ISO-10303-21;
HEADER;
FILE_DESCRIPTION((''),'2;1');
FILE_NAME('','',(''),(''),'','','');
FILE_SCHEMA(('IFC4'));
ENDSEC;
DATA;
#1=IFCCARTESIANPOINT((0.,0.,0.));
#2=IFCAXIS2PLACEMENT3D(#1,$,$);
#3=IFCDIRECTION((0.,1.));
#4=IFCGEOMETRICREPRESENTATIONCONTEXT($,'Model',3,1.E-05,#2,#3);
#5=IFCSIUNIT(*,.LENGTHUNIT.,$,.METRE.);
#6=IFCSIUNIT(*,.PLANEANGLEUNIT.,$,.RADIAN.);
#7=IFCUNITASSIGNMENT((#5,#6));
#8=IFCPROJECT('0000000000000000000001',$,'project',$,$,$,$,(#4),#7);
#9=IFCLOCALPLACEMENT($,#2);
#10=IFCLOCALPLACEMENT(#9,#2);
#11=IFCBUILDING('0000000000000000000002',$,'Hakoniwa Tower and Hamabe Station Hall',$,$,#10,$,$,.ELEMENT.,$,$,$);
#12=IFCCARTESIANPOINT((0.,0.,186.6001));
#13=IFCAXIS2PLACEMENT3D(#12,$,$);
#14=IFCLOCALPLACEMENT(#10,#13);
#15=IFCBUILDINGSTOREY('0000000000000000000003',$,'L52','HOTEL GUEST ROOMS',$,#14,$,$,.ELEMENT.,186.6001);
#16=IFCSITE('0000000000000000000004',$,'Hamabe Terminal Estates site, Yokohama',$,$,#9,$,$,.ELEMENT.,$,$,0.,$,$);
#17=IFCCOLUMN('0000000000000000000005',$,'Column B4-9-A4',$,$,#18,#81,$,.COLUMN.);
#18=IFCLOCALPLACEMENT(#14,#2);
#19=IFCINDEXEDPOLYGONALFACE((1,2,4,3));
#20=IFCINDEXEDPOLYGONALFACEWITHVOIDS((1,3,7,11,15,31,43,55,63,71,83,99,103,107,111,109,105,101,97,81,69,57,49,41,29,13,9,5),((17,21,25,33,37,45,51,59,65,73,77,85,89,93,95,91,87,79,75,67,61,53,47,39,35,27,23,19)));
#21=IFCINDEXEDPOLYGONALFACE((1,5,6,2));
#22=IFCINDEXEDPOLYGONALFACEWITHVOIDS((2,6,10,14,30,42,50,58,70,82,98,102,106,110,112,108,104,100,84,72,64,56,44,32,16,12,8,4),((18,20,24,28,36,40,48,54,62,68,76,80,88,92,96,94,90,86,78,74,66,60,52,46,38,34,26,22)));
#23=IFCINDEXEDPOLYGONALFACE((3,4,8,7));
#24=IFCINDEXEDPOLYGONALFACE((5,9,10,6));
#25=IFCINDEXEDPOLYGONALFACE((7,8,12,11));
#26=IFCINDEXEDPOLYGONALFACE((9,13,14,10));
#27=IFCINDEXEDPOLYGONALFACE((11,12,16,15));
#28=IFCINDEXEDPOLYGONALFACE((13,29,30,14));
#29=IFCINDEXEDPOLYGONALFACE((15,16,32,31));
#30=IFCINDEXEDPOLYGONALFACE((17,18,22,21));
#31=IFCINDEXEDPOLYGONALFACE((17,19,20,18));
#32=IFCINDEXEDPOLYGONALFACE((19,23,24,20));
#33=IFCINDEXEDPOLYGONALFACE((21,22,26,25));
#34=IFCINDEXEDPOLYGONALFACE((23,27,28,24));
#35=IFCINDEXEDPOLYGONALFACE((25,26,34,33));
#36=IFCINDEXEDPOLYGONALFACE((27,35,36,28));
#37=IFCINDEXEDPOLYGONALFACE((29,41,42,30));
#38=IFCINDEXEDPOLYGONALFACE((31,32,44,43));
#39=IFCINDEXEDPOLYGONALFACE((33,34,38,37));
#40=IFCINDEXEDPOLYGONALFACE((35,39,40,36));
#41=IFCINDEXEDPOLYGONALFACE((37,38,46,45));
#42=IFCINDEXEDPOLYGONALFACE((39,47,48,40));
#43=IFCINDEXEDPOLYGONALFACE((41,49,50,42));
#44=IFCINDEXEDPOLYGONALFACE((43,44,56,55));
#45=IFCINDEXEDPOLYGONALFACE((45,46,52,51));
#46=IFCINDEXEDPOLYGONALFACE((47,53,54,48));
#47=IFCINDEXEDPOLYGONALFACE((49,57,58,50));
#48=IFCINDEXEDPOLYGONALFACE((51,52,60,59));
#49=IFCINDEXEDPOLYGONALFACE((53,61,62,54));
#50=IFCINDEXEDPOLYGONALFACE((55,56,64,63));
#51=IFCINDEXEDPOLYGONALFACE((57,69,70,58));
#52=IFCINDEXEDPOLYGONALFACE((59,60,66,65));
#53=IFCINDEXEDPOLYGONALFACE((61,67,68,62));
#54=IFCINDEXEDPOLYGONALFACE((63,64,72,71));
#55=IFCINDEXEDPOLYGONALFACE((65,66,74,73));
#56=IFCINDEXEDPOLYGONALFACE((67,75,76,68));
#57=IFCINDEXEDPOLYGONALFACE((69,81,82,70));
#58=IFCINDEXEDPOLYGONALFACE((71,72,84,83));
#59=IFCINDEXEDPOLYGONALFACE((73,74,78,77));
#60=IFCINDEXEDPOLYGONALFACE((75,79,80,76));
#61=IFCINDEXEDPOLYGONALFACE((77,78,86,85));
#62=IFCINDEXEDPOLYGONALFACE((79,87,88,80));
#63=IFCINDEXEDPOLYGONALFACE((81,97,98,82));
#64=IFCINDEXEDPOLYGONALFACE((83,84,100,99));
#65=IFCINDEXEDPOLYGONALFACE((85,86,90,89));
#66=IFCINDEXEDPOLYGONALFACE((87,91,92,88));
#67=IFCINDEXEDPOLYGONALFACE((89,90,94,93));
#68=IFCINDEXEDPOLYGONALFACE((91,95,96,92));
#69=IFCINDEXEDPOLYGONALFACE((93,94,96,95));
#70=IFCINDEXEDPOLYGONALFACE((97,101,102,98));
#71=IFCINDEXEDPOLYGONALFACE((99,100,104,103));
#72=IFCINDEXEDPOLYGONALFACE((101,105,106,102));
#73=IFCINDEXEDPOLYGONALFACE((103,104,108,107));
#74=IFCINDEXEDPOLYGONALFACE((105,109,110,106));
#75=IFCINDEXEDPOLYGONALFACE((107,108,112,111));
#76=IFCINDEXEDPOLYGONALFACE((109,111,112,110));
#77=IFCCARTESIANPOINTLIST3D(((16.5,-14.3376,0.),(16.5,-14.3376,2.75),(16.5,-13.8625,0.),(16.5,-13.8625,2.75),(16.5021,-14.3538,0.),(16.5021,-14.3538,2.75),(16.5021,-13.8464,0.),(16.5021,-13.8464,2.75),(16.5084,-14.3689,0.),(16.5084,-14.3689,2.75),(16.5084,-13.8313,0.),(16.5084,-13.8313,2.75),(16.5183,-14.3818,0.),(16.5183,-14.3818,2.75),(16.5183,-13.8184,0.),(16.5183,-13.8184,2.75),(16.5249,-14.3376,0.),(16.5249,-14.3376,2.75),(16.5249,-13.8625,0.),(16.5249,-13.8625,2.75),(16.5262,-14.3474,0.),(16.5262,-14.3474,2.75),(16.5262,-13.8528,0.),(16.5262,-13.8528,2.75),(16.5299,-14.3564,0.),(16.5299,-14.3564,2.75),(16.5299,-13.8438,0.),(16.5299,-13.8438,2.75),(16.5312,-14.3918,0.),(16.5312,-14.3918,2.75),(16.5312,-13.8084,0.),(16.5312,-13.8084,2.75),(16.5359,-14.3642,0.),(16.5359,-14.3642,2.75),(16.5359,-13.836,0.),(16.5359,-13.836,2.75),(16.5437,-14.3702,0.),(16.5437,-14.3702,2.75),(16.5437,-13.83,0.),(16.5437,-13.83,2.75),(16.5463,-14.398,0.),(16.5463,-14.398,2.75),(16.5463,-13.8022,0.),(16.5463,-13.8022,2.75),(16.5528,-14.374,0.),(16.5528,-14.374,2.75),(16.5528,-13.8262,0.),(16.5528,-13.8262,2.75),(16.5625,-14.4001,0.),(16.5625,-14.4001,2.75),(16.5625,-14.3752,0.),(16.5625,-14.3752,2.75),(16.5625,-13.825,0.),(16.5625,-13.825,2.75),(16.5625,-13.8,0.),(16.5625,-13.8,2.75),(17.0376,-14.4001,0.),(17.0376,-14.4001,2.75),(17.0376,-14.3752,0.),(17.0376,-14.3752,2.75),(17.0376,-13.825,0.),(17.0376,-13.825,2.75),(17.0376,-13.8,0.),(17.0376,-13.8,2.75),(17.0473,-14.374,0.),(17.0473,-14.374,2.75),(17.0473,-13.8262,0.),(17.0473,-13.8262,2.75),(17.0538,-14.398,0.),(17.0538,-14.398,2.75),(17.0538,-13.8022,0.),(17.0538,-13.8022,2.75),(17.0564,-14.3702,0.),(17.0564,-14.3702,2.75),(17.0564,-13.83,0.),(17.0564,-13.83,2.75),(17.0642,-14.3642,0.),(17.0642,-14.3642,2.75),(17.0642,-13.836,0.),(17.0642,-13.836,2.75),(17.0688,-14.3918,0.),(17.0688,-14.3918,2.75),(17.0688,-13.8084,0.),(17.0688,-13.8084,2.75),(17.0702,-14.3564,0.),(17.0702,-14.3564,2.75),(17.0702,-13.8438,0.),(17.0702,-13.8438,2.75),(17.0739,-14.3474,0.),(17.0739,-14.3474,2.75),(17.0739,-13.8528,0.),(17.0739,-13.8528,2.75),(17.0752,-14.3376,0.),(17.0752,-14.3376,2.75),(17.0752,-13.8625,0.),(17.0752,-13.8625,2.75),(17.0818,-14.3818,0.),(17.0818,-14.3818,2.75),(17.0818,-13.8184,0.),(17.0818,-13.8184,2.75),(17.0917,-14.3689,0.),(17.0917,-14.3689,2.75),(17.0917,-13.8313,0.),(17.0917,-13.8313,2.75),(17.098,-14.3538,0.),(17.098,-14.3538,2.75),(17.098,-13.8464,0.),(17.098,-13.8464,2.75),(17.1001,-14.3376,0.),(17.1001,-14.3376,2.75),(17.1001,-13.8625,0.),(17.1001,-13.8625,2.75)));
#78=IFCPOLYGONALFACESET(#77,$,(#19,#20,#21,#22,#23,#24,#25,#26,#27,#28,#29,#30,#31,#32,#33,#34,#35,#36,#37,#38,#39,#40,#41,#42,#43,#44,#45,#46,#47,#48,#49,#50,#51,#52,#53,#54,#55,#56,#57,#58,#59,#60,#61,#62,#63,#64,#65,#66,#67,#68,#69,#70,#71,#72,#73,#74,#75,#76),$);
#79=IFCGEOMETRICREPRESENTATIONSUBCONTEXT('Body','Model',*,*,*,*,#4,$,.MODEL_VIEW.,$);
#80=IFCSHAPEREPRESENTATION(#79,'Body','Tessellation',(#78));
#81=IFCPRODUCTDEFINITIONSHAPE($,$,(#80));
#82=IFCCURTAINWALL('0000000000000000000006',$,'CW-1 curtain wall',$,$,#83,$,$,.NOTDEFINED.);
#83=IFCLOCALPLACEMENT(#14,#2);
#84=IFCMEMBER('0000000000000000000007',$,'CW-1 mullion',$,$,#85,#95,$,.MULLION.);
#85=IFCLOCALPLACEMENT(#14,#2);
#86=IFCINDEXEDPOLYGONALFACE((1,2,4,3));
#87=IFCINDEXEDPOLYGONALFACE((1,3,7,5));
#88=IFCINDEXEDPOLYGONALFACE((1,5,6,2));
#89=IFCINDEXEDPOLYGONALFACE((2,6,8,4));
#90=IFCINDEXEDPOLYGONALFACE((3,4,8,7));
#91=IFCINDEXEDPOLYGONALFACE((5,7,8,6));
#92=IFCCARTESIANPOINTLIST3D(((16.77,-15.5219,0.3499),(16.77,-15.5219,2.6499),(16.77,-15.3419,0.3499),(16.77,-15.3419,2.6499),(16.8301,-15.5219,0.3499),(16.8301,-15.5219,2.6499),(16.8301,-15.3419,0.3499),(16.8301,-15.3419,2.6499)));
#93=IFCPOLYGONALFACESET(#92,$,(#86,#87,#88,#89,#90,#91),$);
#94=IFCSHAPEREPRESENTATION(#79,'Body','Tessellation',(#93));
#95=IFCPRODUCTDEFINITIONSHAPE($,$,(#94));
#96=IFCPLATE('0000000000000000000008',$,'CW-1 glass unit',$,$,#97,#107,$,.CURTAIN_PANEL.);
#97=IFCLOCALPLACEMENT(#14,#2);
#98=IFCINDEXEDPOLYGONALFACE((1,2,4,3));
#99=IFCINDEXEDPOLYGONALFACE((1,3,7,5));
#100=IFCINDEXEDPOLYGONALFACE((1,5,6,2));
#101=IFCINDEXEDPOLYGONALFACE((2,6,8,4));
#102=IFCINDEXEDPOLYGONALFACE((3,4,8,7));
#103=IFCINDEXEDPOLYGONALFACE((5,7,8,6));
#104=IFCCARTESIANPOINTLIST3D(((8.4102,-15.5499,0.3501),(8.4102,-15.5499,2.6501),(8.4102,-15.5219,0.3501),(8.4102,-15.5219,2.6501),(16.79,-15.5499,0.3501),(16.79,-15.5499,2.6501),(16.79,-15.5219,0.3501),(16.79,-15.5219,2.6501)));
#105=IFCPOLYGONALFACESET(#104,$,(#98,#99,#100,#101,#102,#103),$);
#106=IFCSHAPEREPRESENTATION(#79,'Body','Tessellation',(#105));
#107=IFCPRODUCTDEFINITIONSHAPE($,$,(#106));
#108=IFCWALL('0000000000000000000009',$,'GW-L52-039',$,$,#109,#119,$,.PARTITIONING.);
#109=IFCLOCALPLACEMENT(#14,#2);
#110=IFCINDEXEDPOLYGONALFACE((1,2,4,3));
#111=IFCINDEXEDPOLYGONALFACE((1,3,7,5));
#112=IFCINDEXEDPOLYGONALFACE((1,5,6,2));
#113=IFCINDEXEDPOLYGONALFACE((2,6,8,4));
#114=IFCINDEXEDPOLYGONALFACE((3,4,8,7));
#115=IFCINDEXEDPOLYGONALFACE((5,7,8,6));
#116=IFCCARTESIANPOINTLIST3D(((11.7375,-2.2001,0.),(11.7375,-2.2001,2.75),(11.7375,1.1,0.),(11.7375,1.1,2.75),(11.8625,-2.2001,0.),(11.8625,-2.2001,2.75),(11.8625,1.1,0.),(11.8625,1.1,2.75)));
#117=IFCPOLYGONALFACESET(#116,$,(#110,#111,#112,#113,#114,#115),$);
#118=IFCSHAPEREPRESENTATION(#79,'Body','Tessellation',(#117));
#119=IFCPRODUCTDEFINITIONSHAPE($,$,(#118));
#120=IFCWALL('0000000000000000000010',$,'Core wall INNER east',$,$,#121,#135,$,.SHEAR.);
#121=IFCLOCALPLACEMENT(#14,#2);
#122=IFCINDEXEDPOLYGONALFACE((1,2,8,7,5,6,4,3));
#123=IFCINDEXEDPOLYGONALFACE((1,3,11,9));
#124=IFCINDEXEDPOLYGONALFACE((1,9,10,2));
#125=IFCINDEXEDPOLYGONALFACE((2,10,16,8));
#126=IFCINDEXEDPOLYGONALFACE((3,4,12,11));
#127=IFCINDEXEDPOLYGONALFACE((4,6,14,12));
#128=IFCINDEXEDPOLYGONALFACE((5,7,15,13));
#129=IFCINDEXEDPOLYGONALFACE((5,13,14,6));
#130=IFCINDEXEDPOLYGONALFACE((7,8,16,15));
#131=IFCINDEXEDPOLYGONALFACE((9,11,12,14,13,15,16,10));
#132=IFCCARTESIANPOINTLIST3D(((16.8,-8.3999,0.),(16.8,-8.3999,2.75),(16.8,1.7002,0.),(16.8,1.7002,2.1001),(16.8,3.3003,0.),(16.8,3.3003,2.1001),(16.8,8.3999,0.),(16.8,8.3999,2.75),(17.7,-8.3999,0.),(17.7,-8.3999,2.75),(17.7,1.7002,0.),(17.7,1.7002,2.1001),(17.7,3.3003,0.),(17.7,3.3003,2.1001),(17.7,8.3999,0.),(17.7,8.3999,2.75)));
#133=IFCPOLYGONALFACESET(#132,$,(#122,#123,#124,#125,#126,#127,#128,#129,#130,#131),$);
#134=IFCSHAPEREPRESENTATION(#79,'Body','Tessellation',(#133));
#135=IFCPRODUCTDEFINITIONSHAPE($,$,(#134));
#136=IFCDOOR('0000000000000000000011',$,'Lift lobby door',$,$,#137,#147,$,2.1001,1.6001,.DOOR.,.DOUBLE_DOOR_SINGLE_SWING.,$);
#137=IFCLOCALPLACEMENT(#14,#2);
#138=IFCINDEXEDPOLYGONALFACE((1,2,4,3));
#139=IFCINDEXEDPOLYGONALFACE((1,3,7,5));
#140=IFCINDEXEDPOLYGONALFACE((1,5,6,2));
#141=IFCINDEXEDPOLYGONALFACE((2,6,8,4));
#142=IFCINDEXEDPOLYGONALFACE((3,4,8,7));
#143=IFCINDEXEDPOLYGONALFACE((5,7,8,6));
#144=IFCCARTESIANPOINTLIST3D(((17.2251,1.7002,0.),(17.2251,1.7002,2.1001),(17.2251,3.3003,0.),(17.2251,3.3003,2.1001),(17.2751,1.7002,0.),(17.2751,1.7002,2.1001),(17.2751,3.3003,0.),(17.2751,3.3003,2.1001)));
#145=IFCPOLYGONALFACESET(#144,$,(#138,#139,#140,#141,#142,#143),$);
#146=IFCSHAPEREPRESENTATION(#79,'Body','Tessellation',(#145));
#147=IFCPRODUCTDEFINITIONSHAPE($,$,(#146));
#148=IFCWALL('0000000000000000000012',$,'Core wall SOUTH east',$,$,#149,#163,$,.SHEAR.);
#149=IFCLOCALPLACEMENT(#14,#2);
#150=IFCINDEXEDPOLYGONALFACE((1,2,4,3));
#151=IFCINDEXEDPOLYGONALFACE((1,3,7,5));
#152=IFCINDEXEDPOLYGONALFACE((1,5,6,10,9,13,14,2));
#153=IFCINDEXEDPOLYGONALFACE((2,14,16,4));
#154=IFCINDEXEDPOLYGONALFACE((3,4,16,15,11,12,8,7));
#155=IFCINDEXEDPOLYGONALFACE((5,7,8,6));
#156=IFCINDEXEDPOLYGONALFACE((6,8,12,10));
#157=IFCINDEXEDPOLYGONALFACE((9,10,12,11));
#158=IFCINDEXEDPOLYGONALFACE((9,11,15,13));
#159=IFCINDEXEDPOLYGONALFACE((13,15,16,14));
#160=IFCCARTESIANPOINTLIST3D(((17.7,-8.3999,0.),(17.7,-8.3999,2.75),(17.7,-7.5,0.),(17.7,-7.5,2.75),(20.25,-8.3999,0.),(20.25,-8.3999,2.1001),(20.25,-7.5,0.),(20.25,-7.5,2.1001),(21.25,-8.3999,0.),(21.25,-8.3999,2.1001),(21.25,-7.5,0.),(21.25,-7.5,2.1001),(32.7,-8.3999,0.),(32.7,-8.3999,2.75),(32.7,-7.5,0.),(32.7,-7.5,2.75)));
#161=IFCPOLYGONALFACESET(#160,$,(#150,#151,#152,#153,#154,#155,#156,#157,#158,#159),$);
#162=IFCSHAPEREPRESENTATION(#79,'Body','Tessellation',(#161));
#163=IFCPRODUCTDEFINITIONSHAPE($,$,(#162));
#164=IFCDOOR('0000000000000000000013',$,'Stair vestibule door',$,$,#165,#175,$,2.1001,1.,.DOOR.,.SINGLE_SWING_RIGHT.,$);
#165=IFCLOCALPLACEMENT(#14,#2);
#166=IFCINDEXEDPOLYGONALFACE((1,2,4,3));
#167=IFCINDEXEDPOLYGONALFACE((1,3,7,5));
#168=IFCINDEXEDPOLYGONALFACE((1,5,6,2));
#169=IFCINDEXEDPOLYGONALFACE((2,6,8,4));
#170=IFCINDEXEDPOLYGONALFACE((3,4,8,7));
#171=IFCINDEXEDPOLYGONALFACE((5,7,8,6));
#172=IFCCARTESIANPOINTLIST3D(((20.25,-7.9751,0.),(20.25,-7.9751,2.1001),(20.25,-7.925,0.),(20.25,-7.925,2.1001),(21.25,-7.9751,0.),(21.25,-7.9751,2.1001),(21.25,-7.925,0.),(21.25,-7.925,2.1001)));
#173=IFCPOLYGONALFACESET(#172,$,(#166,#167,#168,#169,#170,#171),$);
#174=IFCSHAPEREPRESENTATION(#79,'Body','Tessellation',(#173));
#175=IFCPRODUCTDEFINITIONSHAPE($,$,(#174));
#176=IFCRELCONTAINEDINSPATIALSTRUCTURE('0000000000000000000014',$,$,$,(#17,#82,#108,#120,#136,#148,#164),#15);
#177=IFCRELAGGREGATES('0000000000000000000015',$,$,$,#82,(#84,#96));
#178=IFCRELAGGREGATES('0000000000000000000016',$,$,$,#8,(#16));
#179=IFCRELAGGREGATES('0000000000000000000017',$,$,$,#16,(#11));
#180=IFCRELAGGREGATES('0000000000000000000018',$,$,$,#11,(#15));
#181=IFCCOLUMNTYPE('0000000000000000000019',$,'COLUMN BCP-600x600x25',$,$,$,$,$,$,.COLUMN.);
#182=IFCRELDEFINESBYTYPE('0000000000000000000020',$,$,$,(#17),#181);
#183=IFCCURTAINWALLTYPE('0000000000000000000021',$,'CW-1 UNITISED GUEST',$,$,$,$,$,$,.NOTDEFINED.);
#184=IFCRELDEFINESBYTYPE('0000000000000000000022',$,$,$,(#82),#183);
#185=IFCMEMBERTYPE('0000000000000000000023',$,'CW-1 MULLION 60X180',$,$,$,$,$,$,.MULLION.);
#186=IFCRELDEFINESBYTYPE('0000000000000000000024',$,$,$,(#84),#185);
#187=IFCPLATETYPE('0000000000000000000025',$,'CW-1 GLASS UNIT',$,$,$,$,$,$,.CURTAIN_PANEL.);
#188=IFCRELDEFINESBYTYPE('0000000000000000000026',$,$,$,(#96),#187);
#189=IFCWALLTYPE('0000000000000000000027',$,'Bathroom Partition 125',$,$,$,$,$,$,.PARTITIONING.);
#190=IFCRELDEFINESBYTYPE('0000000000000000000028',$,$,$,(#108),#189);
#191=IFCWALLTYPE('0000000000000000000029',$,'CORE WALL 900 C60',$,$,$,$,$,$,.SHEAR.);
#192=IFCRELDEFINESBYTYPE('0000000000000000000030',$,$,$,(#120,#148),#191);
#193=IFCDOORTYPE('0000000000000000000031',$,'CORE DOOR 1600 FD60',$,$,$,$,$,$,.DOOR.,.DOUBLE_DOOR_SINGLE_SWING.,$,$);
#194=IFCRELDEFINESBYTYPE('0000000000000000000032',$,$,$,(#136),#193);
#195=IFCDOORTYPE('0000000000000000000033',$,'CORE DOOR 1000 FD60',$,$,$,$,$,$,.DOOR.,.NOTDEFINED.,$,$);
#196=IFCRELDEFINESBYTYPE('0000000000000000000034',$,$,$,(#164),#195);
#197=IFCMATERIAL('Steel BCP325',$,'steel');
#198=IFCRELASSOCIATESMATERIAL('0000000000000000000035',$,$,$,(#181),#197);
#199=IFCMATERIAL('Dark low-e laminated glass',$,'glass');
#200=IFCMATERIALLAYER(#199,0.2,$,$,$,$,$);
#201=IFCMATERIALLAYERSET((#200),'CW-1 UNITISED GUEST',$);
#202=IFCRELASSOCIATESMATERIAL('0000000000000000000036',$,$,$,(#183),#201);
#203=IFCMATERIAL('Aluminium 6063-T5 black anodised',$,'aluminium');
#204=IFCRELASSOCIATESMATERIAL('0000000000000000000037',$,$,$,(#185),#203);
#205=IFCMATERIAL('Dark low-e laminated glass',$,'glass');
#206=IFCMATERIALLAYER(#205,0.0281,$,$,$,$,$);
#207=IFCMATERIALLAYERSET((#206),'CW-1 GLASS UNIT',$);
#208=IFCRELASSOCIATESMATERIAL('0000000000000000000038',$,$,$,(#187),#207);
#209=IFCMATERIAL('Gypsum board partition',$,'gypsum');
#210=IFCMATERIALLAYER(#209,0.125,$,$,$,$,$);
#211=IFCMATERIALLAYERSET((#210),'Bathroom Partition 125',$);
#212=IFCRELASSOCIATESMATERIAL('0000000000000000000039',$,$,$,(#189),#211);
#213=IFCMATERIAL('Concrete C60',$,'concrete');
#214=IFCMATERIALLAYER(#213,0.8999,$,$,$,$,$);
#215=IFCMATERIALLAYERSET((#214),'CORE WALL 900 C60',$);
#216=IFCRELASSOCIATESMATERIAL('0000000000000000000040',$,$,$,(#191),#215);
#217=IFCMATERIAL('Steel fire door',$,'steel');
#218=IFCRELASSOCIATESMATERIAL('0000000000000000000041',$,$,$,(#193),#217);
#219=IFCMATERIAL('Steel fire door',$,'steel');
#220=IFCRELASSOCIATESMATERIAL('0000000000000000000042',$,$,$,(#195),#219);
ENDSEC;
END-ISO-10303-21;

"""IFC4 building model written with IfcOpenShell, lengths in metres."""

from ifc_helpers import new_model, si_unit, direction, frame, frame_2d, origin, origin_2d, place, context, subcontext, project, spatial, rectangle, hollow_rectangle, extrude, material, layer, layer_set, material_profile, profile_set, type_object, element, fill, aggregate, save


model = new_model("IFC4")

# Units and contexts
model_context = context("Model", 3, precision=1e-05, world=origin(), true_north=direction((0.0, 1.0)))
body_context = subcontext(model_context, "Body", "Model", "MODEL_VIEW")
ifc_project = project(units=[si_unit("LENGTHUNIT", "METRE"), si_unit("PLANEANGLEUNIT", "RADIAN")], contexts=[model_context])

# Site, building, storey
site_placement = place(None, origin())
site = spatial("IfcSite", under=ifc_project, at=site_placement, Name="Hamabe Terminal Estates site, Yokohama", CompositionType="ELEMENT", RefElevation=0.0)
building_placement = place(site_placement, origin())
building = spatial("IfcBuilding", under=site, at=building_placement, Name="Hakoniwa Tower and Hamabe Station Hall", CompositionType="ELEMENT")
storey_placement = place(building_placement, frame((0.0, 0.0, 186.6001)))
storey = spatial("IfcBuildingStorey", under=building, at=storey_placement, Name="L52", Description="HOTEL GUEST ROOMS", CompositionType="ELEMENT", Elevation=186.6001)

# Column
ifc_material_1 = material(Name="Steel BCP325", Category="steel")
ifc_material_profile_1 = material_profile(ifc_material_1, hollow_rectangle(XDim=0.6001, YDim=0.6001, WallThickness=0.0249, InnerFilletRadius=0.0376, OuterFilletRadius=0.0625, at=origin_2d()), Name="BCP-600x600x25")
ifc_profile_set_1 = profile_set([ifc_material_profile_1], Name="Steel BCP325")
column_type = type_object("IfcColumnType", Name="COLUMN BCP-600x600x25", PredefinedType="COLUMN", material=ifc_profile_set_1)
column_placement = place(storey_placement, frame((16.8, -14.1001, 0.0), z_axis=(0.0, 0.0, 1.0), x_axis=(1.0, 0.0, 0.0)))
element("IfcColumn", 1, at=column_placement, inside=storey, type_object=column_type, Name="Column B4-9-A4", PredefinedType="COLUMN", context=body_context, shape_type="SweptSolid", body=[
    extrude(hollow_rectangle(XDim=0.6001, YDim=0.6001, WallThickness=0.0249, InnerFilletRadius=0.0376, OuterFilletRadius=0.0625, at=origin_2d()), origin(), (0.0, 0.0, 1.0), 2.75),
])

# Curtain wall, member, plate
ifc_material_2 = material(Name="Dark low-e laminated glass", Category="glass")
ifc_layer_1 = layer(ifc_material_2, 0.2)
ifc_layer_set_1 = layer_set([ifc_layer_1], Name="CW-1 UNITISED GUEST")
curtain_wall_type = type_object("IfcCurtainWallType", Name="CW-1 UNITISED GUEST", PredefinedType="NOTDEFINED", material=ifc_layer_set_1)
curtain_wall_placement = place(storey_placement, origin())
curtain_wall = element("IfcCurtainWall", 2, at=curtain_wall_placement, inside=storey, type_object=curtain_wall_type, Name="CW-1 curtain wall", PredefinedType="NOTDEFINED")
ifc_material_3 = material(Name="Aluminium 6063-T5 black anodised", Category="aluminium")
ifc_material_profile_2 = material_profile(ifc_material_3, rectangle(XDim=0.0601, YDim=0.1799, at=origin_2d()), Name="CW-1 MULLION 60X180")
ifc_profile_set_2 = profile_set([ifc_material_profile_2], Name="Aluminium 6063-T5 black anodised")
member_type = type_object("IfcMemberType", Name="CW-1 MULLION 60X180", PredefinedType="MULLION", material=ifc_profile_set_2)
member_placement = place(storey_placement, frame((16.8, -15.4319, 0.3499), z_axis=(0.0, 0.0, 1.0), x_axis=(1.0, 0.0, 0.0)))
member = element("IfcMember", 3, at=member_placement, type_object=member_type, Name="CW-1 mullion", PredefinedType="MULLION", context=body_context, shape_type="SweptSolid", body=[
    extrude(rectangle(XDim=0.0601, YDim=0.1799, at=origin_2d()), origin(), (0.0, 0.0, 1.0), 2.3),
])
ifc_material_4 = material(Name="Dark low-e laminated glass", Category="glass")
ifc_layer_2 = layer(ifc_material_4, 0.0281)
ifc_layer_set_2 = layer_set([ifc_layer_2], Name="CW-1 GLASS UNIT")
plate_type = type_object("IfcPlateType", Name="CW-1 GLASS UNIT", PredefinedType="CURTAIN_PANEL", material=ifc_layer_set_2)
plate_placement = place(storey_placement, frame((12.6001, -15.5359, 0.3501), z_axis=(0.0, 0.0, 1.0), x_axis=(1.0, 0.0, 0.0)))
plate = element("IfcPlate", 4, at=plate_placement, type_object=plate_type, Name="CW-1 glass unit", PredefinedType="CURTAIN_PANEL", context=body_context, shape_type="SweptSolid", body=[
    extrude(rectangle(XDim=8.3799, YDim=0.0281, at=origin_2d()), origin(), (0.0, 0.0, 1.0), 2.3),
])
aggregate(curtain_wall, [member, plate])

# Wall
ifc_material_5 = material(Name="Gypsum board partition", Category="gypsum")
ifc_layer_3 = layer(ifc_material_5, 0.125)
ifc_layer_set_3 = layer_set([ifc_layer_3], Name="Bathroom Partition 125")
wall_type_1 = type_object("IfcWallType", Name="Bathroom Partition 125", PredefinedType="PARTITIONING", material=ifc_layer_set_3)
wall_1_placement = place(storey_placement, frame((11.8, -2.2, 0.0), z_axis=(0.0, 0.0, 1.0), x_axis=(0.0, 1.0, 0.0)))
element("IfcWall", 5, at=wall_1_placement, inside=storey, type_object=wall_type_1, Name="GW-L52-039", PredefinedType="PARTITIONING", context=body_context, shape_type="SweptSolid", body=[
    extrude(rectangle(XDim=3.3, YDim=0.125, at=frame_2d((1.6499, 0.0))), origin(), (0.0, 0.0, 1.0), 2.75),
])

# Walls, openings, doors
ifc_material_6 = material(Name="Concrete C60", Category="concrete")
ifc_layer_4 = layer(ifc_material_6, 0.8999)
ifc_layer_set_4 = layer_set([ifc_layer_4], Name="CORE WALL 900 C60")
wall_type_2 = type_object("IfcWallType", Name="CORE WALL 900 C60", PredefinedType="SHEAR", material=ifc_layer_set_4)
wall_2_placement = place(storey_placement, frame((17.25, -8.3999, 0.0), z_axis=(0.0, 0.0, 1.0), x_axis=(0.0, 1.0, 0.0)))
wall_2 = element("IfcWall", 6, at=wall_2_placement, inside=storey, type_object=wall_type_2, Name="Core wall INNER east", PredefinedType="SHEAR", context=body_context, shape_type="SweptSolid", body=[
    extrude(rectangle(XDim=16.7998, YDim=0.8999, at=frame_2d((8.3999, 0.0))), origin(), (0.0, 0.0, 1.0), 2.75),
])
opening_1_placement = place(wall_2_placement, frame((10.1001, 0.0, 0.0)))
opening_1 = element("IfcOpeningElement", 7, at=opening_1_placement, cuts=wall_2, PredefinedType="OPENING", context=body_context, shape_type="SweptSolid", body=[
    extrude(rectangle(XDim=1.6001, YDim=2.1001, at=frame_2d((0.8, 1.05))), frame((0.0, 0.46, 0.0), z_axis=(0.0, -1.0, 0.0), x_axis=(1.0, 0.0, 0.0)), (0.0, 0.0, 1.0), 0.9199),
])
ifc_material_7 = material(Name="Steel fire door", Category="steel")
door_type_1 = type_object("IfcDoorType", Name="CORE DOOR 1600 FD60", OperationType="DOUBLE_DOOR_SINGLE_SWING", PredefinedType="DOOR", material=ifc_material_7)
door_1_placement = place(opening_1_placement, origin())
door_1 = element("IfcDoor", 8, at=door_1_placement, inside=storey, type_object=door_type_1, Name="Lift lobby door", OperationType="DOUBLE_DOOR_SINGLE_SWING", OverallHeight=2.1001, OverallWidth=1.6001, PredefinedType="DOOR", context=body_context, shape_type="SweptSolid", body=[
    extrude(rectangle(XDim=1.6001, YDim=2.1001, at=frame_2d((0.8, 1.05))), frame((0.0, 0.0249, 0.0), z_axis=(0.0, -1.0, 0.0), x_axis=(1.0, 0.0, 0.0)), (0.0, 0.0, 1.0), 0.05),
])
fill(opening_1, door_1)
wall_3_placement = place(storey_placement, frame((17.7, -7.95, 0.0), z_axis=(0.0, 0.0, 1.0), x_axis=(1.0, 0.0, 0.0)))
wall_3 = element("IfcWall", 9, at=wall_3_placement, inside=storey, type_object=wall_type_2, Name="Core wall SOUTH east", PredefinedType="SHEAR", context=body_context, shape_type="SweptSolid", body=[
    extrude(rectangle(XDim=15.0, YDim=0.8999, at=frame_2d((7.5, 0.0))), origin(), (0.0, 0.0, 1.0), 2.75),
])
opening_2_placement = place(wall_3_placement, frame((2.55, 0.0, 0.0)))
opening_2 = element("IfcOpeningElement", 10, at=opening_2_placement, cuts=wall_3, PredefinedType="OPENING", context=body_context, shape_type="SweptSolid", body=[
    extrude(rectangle(XDim=1.0, YDim=2.1001, at=frame_2d((0.5, 1.05))), frame((0.0, 0.46, 0.0), z_axis=(0.0, -1.0, 0.0), x_axis=(1.0, 0.0, 0.0)), (0.0, 0.0, 1.0), 0.9199),
])
ifc_material_8 = material(Name="Steel fire door", Category="steel")
door_type_2 = type_object("IfcDoorType", Name="CORE DOOR 1000 FD60", OperationType="NOTDEFINED", PredefinedType="DOOR", material=ifc_material_8)
door_2_placement = place(opening_2_placement, origin())
door_2 = element("IfcDoor", 11, at=door_2_placement, inside=storey, type_object=door_type_2, Name="Stair vestibule door", OperationType="SINGLE_SWING_RIGHT", OverallHeight=2.1001, OverallWidth=1.0, PredefinedType="DOOR", context=body_context, shape_type="SweptSolid", body=[
    extrude(rectangle(XDim=1.0, YDim=2.1001, at=frame_2d((0.5, 1.05))), frame((0.0, 0.0249, 0.0), z_axis=(0.0, -1.0, 0.0), x_axis=(1.0, 0.0, 0.0)), (0.0, 0.0, 1.0), 0.05),
])
fill(opening_2, door_2)

save(model, "model.ifc")
